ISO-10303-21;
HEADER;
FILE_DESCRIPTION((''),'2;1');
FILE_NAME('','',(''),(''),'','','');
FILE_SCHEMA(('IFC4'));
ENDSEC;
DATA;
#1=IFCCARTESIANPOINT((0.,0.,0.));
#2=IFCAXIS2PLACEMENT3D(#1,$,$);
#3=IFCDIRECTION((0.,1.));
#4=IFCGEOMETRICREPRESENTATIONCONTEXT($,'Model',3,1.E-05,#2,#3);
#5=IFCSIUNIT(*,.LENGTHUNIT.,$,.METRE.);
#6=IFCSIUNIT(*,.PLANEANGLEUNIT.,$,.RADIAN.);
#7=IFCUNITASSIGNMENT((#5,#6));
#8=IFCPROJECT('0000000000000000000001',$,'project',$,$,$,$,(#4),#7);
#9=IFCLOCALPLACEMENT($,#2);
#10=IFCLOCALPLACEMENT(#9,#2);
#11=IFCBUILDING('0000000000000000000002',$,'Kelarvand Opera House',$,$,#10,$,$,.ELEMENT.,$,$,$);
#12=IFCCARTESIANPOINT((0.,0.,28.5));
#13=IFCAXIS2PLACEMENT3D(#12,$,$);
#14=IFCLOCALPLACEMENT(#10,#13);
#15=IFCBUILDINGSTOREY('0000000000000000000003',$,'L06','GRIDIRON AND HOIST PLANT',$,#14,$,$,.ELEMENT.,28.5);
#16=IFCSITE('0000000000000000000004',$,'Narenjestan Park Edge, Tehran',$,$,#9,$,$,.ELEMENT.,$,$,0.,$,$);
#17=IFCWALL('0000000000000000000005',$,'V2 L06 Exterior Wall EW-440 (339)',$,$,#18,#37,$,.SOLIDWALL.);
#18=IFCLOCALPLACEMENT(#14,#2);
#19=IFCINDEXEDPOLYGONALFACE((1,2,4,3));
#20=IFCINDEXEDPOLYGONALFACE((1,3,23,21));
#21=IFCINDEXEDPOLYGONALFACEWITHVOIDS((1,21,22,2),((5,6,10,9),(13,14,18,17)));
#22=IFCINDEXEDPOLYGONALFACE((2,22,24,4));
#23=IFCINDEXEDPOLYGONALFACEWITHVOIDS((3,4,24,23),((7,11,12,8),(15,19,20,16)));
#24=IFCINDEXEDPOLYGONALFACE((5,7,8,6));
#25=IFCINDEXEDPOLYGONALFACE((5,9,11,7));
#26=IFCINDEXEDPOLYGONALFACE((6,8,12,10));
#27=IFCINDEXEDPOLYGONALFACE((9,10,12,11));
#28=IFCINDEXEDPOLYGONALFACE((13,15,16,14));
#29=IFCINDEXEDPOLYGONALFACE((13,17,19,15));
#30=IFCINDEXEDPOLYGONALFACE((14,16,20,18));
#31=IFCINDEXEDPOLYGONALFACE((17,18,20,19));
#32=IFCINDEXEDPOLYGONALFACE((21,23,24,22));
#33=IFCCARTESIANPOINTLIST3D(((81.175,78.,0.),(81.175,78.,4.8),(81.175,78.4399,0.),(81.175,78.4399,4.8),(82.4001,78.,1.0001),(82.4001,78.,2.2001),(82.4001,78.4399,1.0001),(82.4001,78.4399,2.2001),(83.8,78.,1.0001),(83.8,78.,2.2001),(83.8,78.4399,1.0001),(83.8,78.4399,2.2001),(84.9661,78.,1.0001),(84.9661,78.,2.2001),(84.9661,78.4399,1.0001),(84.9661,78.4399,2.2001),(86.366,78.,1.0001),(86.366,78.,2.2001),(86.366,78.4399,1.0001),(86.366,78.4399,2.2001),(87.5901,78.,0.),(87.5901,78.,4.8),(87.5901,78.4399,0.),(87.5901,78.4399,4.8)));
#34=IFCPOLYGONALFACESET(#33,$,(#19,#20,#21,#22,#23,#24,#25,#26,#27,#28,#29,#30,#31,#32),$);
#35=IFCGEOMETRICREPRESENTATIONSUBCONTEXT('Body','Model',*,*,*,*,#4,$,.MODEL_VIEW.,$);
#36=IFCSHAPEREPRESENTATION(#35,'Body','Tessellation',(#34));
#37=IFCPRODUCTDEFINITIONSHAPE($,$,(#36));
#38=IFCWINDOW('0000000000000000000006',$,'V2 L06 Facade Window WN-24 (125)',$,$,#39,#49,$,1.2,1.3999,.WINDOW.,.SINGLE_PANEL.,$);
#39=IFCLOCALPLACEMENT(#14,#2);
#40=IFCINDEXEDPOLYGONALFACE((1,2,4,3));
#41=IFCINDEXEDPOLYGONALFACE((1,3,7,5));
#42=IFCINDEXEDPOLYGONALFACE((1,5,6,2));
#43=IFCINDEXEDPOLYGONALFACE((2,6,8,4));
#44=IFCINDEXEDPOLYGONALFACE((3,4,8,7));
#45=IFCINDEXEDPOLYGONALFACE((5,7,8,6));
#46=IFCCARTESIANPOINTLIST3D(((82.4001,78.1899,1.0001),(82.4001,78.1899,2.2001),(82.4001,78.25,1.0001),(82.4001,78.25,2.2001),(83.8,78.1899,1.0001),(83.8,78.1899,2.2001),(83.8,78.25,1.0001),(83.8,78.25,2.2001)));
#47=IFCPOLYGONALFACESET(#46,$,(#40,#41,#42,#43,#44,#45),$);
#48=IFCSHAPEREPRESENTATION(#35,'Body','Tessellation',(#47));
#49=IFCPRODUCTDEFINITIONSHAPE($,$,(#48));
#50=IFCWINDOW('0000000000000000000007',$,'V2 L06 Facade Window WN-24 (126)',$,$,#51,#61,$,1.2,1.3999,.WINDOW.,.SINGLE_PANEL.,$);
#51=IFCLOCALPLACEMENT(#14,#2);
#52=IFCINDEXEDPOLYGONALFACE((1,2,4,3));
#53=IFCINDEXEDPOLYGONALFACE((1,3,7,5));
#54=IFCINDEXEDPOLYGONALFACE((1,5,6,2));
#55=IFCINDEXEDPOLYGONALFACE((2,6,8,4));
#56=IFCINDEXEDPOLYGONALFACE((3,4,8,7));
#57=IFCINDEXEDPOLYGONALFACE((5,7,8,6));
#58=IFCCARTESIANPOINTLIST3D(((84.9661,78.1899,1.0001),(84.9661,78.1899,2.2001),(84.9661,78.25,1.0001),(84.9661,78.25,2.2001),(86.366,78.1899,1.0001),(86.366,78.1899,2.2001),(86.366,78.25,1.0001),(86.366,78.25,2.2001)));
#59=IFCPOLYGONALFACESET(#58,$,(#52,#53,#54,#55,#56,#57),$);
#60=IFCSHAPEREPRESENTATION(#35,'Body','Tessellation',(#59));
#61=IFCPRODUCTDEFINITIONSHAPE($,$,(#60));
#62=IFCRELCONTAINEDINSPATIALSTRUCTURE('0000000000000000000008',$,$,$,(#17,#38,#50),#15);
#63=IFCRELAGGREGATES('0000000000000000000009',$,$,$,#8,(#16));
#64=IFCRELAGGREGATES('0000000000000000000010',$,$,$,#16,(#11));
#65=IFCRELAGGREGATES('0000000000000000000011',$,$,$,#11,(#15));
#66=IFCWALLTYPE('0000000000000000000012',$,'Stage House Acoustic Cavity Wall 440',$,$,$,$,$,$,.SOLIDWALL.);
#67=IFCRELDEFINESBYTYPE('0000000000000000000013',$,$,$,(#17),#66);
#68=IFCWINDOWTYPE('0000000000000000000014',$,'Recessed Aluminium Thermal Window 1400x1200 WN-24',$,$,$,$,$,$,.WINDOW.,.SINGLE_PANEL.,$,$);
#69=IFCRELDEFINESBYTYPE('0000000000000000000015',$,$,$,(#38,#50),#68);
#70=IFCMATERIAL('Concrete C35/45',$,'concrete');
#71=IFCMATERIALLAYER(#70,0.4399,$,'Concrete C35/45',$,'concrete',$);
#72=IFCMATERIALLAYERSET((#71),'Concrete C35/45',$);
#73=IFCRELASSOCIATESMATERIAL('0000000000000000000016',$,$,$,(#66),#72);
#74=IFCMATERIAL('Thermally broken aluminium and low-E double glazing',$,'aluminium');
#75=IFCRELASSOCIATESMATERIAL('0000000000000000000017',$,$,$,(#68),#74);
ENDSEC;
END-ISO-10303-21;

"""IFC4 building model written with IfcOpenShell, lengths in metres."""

from ifc_helpers import new_model, si_unit, direction, frame, frame_2d, origin, place, context, subcontext, project, spatial, rectangle, extrude, material, layer, layer_set, type_object, element, fill, save


model = new_model("IFC4")

# Units and contexts
model_context = context("Model", 3, precision=1e-05, world=origin(), true_north=direction((0.0, 1.0)))
body_context = subcontext(model_context, "Body", "Model", "MODEL_VIEW")
ifc_project = project(units=[si_unit("LENGTHUNIT", "METRE"), si_unit("PLANEANGLEUNIT", "RADIAN")], contexts=[model_context])

# Site, building, storey
site_placement = place(None, origin())
site = spatial("IfcSite", under=ifc_project, at=site_placement, Name="Narenjestan Park Edge, Tehran", CompositionType="ELEMENT", RefElevation=0.0)
building_placement = place(site_placement, origin())
building = spatial("IfcBuilding", under=site, at=building_placement, Name="Kelarvand Opera House", CompositionType="ELEMENT")
storey_placement = place(building_placement, frame((0.0, 0.0, 28.5)))
storey = spatial("IfcBuildingStorey", under=building, at=storey_placement, Name="L06", Description="GRIDIRON AND HOIST PLANT", CompositionType="ELEMENT", Elevation=28.5)

# Shared definitions
ifc_material_1 = material(Name="Concrete C35/45", Category="concrete")

# Shared definitions
ifc_layer_1 = layer(ifc_material_1, 0.4399, Name="Concrete C35/45", Category="concrete")
ifc_layer_set_1 = layer_set([ifc_layer_1], Name="Concrete C35/45")
wall_type_1 = type_object("IfcWallType", Name="Stage House Acoustic Cavity Wall 440", PredefinedType="SOLIDWALL", material=ifc_layer_set_1)

# Shared definitions
ifc_material_2 = material(Name="Thermally broken aluminium and low-E double glazing", Category="aluminium")

# Wall, openings, windows
wall_1_placement = place(storey_placement, frame((81.175, 78.22, 0.0), z_axis=(0.0, 0.0, 1.0), x_axis=(1.0, 0.0, 0.0)))
wall_1 = element("IfcWall", 1, at=wall_1_placement, inside=storey, type_object=wall_type_1, Name="V2 L06 Exterior Wall EW-440 (339)", PredefinedType="SOLIDWALL", context=body_context, shape_type="SweptSolid", body=[
    extrude(rectangle(XDim=6.415, YDim=0.4399, at=frame_2d((3.2075, 0.0))), origin(), (0.0, 0.0, 1.0), 4.8),
])
opening_1_placement = place(wall_1_placement, frame((1.2251, 0.0, 1.0)))
opening_1 = element("IfcOpeningElement", 2, at=opening_1_placement, cuts=wall_1, PredefinedType="OPENING", context=body_context, shape_type="SweptSolid", body=[
    extrude(rectangle(XDim=1.3999, YDim=1.2, at=frame_2d((0.7, 0.6001))), frame((0.0, 0.23, 0.0), z_axis=(0.0, -1.0, 0.0), x_axis=(1.0, 0.0, 0.0)), (0.0, 0.0, 1.0), 0.46),
])
opening_2_placement = place(wall_1_placement, frame((3.791, 0.0, 1.0)))
opening_2 = element("IfcOpeningElement", 3, at=opening_2_placement, cuts=wall_1, PredefinedType="OPENING", context=body_context, shape_type="SweptSolid", body=[
    extrude(rectangle(XDim=1.3999, YDim=1.2, at=frame_2d((0.7, 0.6001))), frame((0.0, 0.23, 0.0), z_axis=(0.0, -1.0, 0.0), x_axis=(1.0, 0.0, 0.0)), (0.0, 0.0, 1.0), 0.46),
])
window_type_1 = type_object("IfcWindowType", Name="Recessed Aluminium Thermal Window 1400x1200 WN-24", PartitioningType="SINGLE_PANEL", PredefinedType="WINDOW", material=ifc_material_2)
window_1_placement = place(opening_1_placement, origin())
window_1 = element("IfcWindow", 4, at=window_1_placement, inside=storey, type_object=window_type_1, Name="V2 L06 Facade Window WN-24 (125)", OverallHeight=1.2, OverallWidth=1.3999, PartitioningType="SINGLE_PANEL", PredefinedType="WINDOW", context=body_context, shape_type="SweptSolid", body=[
    extrude(rectangle(XDim=1.3999, YDim=1.2, at=frame_2d((0.7, 0.6001))), frame((0.0, 0.03, 0.0), z_axis=(0.0, -1.0, 0.0), x_axis=(1.0, 0.0, 0.0)), (0.0, 0.0, 1.0), 0.0601),
])
fill(opening_1, window_1)
window_2_placement = place(opening_2_placement, origin())
window_2 = element("IfcWindow", 5, at=window_2_placement, inside=storey, type_object=window_type_1, Name="V2 L06 Facade Window WN-24 (126)", OverallHeight=1.2, OverallWidth=1.3999, PartitioningType="SINGLE_PANEL", PredefinedType="WINDOW", context=body_context, shape_type="SweptSolid", body=[
    extrude(rectangle(XDim=1.3999, YDim=1.2, at=frame_2d((0.7, 0.6001))), frame((0.0, 0.03, 0.0), z_axis=(0.0, -1.0, 0.0), x_axis=(1.0, 0.0, 0.0)), (0.0, 0.0, 1.0), 0.0601),
])
fill(opening_2, window_2)

save(model, "model.ifc")
